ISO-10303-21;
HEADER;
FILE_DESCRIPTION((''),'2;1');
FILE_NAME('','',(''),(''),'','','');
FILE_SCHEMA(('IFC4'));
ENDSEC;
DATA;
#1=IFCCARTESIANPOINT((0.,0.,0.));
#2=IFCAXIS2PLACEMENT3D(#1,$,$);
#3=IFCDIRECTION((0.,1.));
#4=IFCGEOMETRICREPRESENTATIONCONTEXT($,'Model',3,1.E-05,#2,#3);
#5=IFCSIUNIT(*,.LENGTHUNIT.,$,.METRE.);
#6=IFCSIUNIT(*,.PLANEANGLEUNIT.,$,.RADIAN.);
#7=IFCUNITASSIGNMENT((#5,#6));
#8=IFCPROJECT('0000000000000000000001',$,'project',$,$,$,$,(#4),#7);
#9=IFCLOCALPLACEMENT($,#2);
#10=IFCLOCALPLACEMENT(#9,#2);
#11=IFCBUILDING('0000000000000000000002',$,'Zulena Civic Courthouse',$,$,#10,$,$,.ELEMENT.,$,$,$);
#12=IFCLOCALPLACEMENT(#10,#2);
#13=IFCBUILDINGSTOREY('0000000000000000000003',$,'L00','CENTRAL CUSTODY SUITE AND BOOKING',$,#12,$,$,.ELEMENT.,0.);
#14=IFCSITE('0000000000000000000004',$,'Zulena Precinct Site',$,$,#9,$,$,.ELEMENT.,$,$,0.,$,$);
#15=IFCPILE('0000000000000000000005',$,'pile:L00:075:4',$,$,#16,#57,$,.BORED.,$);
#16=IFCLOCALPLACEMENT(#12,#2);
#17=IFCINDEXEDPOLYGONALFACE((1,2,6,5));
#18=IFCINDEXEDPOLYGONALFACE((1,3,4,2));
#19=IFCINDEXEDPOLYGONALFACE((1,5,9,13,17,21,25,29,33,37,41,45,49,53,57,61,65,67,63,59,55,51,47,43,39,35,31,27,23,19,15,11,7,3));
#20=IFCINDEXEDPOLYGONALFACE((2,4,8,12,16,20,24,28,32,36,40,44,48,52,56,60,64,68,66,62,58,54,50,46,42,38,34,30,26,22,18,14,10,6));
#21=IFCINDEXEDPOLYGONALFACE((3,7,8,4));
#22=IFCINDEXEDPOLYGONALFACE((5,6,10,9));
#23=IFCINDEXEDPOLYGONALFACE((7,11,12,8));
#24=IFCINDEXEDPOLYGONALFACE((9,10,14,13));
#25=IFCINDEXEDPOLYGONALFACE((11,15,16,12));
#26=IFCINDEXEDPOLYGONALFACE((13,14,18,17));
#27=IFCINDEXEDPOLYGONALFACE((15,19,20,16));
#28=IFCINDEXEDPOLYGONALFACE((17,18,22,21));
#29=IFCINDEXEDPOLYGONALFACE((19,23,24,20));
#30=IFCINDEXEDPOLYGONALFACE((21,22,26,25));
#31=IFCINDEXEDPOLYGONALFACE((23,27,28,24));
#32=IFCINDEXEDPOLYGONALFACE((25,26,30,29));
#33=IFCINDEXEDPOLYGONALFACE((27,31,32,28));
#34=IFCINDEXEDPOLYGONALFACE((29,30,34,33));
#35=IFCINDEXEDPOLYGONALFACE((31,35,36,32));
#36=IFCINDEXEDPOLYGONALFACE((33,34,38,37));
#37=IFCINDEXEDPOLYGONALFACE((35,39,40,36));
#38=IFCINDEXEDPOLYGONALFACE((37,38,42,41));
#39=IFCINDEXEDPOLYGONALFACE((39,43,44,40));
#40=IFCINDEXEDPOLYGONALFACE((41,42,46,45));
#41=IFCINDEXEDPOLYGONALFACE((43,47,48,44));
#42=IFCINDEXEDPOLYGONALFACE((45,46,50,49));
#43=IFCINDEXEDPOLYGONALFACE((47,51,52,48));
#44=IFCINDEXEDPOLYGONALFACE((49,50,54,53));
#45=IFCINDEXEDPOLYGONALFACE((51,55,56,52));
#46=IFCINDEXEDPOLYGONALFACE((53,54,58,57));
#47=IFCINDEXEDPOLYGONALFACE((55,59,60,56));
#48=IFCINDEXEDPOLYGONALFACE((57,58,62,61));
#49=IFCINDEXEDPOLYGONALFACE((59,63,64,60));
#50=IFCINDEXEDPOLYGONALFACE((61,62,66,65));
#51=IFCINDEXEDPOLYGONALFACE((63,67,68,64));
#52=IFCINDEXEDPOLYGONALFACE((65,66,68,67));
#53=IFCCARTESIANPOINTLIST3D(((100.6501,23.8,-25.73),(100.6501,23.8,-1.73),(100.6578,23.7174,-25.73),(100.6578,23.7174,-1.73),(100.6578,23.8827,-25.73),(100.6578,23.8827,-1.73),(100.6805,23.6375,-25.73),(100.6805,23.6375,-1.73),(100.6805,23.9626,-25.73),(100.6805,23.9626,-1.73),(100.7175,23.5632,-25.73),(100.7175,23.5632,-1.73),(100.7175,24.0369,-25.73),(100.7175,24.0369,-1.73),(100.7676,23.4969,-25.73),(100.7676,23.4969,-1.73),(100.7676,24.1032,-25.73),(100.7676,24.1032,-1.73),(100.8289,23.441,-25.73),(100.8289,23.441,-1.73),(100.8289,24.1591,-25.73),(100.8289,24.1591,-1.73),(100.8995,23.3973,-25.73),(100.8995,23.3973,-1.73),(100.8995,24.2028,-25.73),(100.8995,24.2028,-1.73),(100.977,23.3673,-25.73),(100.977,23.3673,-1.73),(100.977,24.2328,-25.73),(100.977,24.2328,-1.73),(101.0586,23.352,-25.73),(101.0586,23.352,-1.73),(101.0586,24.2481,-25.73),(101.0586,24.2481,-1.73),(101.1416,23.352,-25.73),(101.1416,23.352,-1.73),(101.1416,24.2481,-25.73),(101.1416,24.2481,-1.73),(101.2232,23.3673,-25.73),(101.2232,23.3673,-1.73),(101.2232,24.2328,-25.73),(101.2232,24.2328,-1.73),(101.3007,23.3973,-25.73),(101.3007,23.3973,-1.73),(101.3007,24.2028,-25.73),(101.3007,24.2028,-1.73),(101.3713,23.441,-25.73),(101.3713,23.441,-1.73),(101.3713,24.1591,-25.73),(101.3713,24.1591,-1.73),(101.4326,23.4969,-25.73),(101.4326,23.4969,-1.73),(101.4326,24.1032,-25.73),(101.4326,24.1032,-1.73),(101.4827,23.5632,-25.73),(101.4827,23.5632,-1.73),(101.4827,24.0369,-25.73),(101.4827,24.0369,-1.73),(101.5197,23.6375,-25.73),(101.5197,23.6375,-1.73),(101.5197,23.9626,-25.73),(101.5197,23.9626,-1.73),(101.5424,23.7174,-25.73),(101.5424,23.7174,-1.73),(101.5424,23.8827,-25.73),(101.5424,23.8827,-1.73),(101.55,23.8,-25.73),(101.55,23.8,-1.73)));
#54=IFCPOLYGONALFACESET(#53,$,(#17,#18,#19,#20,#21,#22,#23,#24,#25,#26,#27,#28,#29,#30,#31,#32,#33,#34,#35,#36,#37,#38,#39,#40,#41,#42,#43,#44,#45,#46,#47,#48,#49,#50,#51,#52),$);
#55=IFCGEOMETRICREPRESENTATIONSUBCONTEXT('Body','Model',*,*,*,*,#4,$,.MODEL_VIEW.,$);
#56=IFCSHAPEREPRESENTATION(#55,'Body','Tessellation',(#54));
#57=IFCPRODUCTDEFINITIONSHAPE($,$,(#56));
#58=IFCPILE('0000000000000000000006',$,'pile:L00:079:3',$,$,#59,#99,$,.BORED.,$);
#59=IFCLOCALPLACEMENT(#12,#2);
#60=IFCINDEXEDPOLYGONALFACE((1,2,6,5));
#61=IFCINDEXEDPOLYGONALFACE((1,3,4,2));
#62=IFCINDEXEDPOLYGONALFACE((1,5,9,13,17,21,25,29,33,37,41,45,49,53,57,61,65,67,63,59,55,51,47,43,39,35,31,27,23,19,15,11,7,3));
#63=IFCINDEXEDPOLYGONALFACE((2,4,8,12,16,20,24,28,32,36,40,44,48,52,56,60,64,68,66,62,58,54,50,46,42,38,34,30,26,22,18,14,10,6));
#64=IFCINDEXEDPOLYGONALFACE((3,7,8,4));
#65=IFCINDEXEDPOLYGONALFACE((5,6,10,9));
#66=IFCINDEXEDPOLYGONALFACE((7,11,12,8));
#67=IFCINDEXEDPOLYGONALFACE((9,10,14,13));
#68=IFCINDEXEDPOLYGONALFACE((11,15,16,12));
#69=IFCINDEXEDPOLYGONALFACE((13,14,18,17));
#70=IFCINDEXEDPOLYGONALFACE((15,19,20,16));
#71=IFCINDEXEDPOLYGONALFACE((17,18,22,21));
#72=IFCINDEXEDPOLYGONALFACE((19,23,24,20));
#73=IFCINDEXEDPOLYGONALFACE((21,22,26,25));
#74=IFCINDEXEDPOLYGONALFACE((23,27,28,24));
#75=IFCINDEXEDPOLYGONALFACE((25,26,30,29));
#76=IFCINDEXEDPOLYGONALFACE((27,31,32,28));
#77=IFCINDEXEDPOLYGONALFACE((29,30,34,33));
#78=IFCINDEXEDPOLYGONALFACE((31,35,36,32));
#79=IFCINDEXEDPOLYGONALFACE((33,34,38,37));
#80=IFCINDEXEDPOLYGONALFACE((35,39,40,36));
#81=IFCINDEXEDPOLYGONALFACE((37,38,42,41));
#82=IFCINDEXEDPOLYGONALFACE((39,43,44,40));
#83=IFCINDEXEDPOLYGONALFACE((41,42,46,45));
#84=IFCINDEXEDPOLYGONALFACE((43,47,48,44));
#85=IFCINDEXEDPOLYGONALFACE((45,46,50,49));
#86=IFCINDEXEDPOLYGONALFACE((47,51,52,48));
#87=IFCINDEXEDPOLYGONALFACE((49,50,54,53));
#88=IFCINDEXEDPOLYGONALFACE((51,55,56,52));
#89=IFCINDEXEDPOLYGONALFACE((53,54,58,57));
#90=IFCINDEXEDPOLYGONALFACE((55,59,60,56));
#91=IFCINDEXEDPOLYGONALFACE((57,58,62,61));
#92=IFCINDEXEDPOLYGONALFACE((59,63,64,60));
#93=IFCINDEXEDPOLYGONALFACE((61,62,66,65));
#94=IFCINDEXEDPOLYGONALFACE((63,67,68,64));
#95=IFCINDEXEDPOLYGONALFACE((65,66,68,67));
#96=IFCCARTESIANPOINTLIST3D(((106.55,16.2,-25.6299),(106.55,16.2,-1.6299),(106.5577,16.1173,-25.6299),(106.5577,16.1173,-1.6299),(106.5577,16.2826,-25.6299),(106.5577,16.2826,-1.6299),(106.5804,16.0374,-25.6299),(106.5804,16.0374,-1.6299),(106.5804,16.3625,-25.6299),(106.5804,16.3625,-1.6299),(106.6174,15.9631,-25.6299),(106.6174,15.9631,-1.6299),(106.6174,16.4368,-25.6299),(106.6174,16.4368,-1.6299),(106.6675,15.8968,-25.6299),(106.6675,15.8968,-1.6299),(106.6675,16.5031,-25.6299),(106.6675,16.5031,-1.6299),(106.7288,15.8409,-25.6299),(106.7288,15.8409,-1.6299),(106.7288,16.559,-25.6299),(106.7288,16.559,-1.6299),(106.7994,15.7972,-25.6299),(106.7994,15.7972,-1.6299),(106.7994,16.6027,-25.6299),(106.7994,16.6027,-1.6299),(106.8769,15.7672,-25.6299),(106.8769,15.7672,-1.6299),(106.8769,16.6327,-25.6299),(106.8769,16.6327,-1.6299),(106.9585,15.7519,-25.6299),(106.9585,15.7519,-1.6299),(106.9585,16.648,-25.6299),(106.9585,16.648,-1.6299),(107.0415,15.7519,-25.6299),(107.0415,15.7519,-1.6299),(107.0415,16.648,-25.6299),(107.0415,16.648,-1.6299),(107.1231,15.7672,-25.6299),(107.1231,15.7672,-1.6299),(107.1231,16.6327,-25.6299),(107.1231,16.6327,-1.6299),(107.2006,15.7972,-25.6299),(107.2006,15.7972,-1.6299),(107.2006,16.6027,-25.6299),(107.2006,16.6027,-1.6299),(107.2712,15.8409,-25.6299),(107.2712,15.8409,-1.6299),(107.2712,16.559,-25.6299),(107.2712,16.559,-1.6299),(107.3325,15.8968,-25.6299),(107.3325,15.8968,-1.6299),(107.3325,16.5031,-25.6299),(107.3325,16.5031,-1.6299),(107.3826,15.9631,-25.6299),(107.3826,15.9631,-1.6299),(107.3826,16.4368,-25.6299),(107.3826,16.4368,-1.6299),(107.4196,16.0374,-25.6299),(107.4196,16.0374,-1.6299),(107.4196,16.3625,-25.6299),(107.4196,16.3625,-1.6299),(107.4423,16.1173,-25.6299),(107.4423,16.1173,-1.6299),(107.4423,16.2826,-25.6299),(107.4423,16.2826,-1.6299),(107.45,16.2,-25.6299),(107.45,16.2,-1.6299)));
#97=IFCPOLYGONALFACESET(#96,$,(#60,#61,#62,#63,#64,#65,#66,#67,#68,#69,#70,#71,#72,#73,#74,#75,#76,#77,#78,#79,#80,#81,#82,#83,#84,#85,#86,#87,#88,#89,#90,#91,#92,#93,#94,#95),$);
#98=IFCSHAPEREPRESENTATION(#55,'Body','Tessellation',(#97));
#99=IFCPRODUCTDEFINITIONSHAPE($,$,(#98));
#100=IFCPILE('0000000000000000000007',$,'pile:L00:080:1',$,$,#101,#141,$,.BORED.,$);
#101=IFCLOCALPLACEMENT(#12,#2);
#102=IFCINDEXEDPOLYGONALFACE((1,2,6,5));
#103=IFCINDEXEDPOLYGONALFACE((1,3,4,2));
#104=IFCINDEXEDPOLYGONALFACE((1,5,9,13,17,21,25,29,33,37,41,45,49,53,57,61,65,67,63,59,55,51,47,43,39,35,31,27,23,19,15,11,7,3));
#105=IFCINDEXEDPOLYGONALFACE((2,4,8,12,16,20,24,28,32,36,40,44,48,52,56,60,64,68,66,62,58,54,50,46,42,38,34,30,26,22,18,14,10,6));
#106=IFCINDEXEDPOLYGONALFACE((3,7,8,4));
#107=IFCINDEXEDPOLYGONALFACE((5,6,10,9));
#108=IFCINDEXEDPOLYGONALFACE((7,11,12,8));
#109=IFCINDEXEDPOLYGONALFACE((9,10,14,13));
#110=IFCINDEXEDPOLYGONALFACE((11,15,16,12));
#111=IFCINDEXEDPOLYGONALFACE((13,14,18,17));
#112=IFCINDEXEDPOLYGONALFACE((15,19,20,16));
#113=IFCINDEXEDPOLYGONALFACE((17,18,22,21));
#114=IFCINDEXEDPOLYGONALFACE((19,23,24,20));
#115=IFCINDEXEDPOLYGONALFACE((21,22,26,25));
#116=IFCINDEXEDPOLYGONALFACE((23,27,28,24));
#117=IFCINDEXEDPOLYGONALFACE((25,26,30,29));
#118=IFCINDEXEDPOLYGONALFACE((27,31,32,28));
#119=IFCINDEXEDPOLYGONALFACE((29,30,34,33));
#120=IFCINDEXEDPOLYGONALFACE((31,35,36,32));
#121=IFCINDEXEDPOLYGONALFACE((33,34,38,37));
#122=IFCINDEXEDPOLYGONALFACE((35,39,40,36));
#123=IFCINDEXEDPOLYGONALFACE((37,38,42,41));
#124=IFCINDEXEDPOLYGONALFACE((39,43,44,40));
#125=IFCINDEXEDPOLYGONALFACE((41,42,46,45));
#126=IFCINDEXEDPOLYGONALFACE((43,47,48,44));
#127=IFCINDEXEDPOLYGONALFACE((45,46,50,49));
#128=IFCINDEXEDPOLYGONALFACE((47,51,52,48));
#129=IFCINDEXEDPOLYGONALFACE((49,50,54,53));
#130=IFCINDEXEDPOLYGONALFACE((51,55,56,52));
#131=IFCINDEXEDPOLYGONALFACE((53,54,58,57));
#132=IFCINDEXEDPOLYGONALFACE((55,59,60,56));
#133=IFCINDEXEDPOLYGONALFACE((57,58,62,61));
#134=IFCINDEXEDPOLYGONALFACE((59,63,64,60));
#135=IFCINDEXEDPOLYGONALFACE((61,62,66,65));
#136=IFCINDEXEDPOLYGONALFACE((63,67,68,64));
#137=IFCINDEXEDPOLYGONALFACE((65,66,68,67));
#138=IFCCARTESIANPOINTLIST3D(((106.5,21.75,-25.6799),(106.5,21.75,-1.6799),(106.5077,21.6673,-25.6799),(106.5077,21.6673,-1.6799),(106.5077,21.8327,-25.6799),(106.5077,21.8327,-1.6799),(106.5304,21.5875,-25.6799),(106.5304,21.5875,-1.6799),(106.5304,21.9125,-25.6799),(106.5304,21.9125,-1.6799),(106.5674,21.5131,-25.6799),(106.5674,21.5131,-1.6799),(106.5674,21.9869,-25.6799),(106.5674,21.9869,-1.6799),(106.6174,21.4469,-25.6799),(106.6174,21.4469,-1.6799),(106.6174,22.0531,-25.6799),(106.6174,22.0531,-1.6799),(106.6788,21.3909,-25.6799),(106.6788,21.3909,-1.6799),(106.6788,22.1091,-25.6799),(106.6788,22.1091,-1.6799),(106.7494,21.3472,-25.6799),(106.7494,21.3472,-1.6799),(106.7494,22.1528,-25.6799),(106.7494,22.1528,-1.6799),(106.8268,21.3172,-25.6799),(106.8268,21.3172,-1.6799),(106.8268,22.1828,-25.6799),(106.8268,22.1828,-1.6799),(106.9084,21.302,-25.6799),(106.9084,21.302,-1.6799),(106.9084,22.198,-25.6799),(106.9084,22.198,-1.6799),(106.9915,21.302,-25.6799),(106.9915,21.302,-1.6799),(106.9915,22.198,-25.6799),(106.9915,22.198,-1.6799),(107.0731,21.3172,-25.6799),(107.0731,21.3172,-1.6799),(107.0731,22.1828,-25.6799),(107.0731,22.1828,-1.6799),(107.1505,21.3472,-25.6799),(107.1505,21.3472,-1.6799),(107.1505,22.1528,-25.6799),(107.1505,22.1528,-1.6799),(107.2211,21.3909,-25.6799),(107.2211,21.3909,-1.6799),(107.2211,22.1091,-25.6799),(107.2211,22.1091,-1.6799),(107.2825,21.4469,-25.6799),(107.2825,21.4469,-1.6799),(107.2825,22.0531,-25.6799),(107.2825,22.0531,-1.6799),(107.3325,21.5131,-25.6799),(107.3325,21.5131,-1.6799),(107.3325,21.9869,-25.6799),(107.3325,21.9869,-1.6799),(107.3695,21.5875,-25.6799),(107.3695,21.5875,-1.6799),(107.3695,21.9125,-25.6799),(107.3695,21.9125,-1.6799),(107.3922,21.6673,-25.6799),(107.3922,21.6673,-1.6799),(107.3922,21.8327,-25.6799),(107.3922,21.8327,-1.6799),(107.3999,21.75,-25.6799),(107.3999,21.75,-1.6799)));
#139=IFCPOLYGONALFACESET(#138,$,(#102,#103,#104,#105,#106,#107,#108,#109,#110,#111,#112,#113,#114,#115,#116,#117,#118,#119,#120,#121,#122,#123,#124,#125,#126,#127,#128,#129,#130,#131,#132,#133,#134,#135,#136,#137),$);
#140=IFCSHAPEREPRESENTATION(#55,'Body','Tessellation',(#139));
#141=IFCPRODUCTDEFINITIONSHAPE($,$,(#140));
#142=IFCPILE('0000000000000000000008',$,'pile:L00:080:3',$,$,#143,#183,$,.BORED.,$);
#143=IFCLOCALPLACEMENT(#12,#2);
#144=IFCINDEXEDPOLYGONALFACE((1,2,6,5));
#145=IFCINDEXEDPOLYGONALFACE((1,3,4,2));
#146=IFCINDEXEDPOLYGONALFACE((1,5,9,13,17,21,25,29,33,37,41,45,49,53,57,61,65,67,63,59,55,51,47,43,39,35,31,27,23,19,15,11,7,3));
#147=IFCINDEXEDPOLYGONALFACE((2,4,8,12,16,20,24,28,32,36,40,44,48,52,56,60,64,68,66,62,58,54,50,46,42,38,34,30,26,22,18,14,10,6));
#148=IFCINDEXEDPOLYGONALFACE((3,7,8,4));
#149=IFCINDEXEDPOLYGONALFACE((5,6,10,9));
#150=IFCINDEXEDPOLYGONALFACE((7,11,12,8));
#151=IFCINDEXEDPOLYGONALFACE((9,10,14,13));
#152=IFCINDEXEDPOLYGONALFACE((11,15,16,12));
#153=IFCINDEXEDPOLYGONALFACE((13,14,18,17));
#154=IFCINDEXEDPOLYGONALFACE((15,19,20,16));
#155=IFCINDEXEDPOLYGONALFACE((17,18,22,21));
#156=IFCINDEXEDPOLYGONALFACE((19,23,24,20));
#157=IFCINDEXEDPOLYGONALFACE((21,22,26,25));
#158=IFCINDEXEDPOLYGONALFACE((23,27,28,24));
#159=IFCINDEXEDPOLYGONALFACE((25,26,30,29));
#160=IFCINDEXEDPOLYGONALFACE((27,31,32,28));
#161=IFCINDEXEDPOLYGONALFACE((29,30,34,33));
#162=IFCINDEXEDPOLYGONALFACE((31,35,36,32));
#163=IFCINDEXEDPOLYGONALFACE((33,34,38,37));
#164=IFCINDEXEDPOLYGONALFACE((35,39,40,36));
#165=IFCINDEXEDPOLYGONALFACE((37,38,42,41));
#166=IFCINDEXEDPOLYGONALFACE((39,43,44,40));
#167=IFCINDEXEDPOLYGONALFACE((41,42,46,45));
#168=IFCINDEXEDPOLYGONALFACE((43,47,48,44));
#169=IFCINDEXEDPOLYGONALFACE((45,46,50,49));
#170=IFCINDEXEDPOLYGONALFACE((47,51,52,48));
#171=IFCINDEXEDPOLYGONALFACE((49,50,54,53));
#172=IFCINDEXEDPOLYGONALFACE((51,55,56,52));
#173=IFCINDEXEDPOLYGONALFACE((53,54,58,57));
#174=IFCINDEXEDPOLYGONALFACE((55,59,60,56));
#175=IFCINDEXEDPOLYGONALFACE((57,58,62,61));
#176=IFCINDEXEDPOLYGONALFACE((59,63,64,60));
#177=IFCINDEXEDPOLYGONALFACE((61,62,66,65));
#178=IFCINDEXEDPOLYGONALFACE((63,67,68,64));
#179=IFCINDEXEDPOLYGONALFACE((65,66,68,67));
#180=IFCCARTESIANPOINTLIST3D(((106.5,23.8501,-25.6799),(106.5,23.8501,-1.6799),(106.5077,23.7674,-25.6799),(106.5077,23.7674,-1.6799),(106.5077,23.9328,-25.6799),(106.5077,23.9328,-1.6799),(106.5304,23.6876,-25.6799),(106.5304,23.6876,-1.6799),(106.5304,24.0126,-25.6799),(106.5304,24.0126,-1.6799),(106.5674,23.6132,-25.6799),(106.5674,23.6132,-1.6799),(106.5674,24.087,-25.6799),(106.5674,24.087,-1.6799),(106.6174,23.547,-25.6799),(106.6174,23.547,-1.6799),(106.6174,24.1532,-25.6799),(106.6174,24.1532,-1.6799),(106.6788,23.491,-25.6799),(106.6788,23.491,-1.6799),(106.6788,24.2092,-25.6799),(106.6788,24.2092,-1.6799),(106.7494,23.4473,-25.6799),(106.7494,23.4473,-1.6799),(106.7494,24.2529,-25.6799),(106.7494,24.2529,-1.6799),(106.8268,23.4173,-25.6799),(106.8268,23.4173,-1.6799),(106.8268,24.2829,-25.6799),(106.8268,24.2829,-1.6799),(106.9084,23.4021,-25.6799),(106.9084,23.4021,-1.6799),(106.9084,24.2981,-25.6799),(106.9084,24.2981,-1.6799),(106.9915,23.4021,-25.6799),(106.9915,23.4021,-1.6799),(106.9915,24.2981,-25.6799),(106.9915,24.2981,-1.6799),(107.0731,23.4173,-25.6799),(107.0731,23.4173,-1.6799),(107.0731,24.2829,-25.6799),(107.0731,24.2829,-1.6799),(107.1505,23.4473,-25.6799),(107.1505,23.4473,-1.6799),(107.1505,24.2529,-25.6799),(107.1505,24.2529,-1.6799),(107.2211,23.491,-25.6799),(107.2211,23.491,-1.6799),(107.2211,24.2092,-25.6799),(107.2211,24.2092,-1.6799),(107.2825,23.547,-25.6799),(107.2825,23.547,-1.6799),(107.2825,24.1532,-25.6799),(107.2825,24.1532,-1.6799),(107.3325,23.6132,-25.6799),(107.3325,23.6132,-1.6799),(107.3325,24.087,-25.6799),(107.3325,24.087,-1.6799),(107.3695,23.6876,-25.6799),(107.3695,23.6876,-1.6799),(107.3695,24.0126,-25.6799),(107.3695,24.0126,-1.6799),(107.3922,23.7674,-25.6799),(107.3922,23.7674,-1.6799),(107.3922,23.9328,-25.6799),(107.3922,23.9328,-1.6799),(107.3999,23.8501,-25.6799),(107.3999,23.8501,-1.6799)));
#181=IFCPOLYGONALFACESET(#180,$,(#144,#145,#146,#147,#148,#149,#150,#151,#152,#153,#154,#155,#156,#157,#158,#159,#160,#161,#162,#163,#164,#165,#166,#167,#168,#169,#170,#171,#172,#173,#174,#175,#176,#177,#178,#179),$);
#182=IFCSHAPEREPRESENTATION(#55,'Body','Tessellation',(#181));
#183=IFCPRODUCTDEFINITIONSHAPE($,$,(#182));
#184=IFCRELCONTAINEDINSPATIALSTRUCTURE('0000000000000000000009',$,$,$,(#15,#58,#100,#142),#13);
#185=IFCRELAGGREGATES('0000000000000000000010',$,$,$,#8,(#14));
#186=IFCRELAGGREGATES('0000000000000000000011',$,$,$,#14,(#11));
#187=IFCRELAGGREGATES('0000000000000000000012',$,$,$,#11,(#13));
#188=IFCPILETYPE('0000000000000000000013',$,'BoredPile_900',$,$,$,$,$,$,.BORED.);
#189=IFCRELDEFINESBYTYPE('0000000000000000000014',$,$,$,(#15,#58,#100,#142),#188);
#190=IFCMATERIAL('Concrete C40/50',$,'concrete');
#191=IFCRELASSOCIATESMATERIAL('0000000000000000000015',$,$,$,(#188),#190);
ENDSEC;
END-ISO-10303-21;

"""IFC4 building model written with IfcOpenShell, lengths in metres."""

from ifc_helpers import new_model, si_unit, direction, frame, origin, origin_2d, place, context, subcontext, project, spatial, circle, extrude, material, material_profile, profile_set, type_object, element, save


model = new_model("IFC4")

# Units and contexts
model_context = context("Model", 3, precision=1e-05, world=origin(), true_north=direction((0.0, 1.0)))
body_context = subcontext(model_context, "Body", "Model", "MODEL_VIEW")
ifc_project = project(units=[si_unit("LENGTHUNIT", "METRE"), si_unit("PLANEANGLEUNIT", "RADIAN")], contexts=[model_context])

# Site, building, storey
site_placement = place(None, origin())
site = spatial("IfcSite", under=ifc_project, at=site_placement, Name="Zulena Precinct Site", CompositionType="ELEMENT", RefElevation=0.0)
building_placement = place(site_placement, origin())
building = spatial("IfcBuilding", under=site, at=building_placement, Name="Zulena Civic Courthouse", CompositionType="ELEMENT")
storey_placement = place(building_placement, origin())
storey = spatial("IfcBuildingStorey", under=building, at=storey_placement, Name="L00", Description="CENTRAL CUSTODY SUITE AND BOOKING", CompositionType="ELEMENT", Elevation=0.0)

# Piles
ifc_material_1 = material(Name="Concrete C40/50", Category="concrete")
ifc_material_profile_1 = material_profile(ifc_material_1, circle(Radius=0.45, at=origin_2d()), Name="PILE900")
ifc_profile_set_1 = profile_set([ifc_material_profile_1], Name="Concrete C40/50")
pile_type_1 = type_object("IfcPileType", Name="BoredPile_900", PredefinedType="BORED", material=ifc_profile_set_1)
for number, where, z_axis, x_axis, name in (
    (1, (101.1001, 23.8, -1.73), (0.0, 0.0, -1.0), (1.0, 0.0, 0.0), "pile:L00:075:4"),
    (2, (107.0, 16.2, -1.6299), (0.0, 0.0, -1.0), (1.0, 0.0, 0.0), "pile:L00:079:3"),
    (3, (106.95, 21.75, -1.6799), (0.0, 0.0, -1.0), (1.0, 0.0, 0.0), "pile:L00:080:1"),
    (4, (106.95, 23.8501, -1.6799), (0.0, 0.0, -1.0), (1.0, 0.0, 0.0), "pile:L00:080:3"),
):
    element("IfcPile", number, at=place(storey_placement, frame(where, z_axis=z_axis, x_axis=x_axis)), inside=storey, type_object=pile_type_1, Name=name, PredefinedType="BORED", context=body_context, shape_type="SweptSolid", body=[
        extrude(circle(Radius=0.45, at=origin_2d()), origin(), (0.0, 0.0, 1.0), 24.0),
    ])

save(model, "model.ifc")
